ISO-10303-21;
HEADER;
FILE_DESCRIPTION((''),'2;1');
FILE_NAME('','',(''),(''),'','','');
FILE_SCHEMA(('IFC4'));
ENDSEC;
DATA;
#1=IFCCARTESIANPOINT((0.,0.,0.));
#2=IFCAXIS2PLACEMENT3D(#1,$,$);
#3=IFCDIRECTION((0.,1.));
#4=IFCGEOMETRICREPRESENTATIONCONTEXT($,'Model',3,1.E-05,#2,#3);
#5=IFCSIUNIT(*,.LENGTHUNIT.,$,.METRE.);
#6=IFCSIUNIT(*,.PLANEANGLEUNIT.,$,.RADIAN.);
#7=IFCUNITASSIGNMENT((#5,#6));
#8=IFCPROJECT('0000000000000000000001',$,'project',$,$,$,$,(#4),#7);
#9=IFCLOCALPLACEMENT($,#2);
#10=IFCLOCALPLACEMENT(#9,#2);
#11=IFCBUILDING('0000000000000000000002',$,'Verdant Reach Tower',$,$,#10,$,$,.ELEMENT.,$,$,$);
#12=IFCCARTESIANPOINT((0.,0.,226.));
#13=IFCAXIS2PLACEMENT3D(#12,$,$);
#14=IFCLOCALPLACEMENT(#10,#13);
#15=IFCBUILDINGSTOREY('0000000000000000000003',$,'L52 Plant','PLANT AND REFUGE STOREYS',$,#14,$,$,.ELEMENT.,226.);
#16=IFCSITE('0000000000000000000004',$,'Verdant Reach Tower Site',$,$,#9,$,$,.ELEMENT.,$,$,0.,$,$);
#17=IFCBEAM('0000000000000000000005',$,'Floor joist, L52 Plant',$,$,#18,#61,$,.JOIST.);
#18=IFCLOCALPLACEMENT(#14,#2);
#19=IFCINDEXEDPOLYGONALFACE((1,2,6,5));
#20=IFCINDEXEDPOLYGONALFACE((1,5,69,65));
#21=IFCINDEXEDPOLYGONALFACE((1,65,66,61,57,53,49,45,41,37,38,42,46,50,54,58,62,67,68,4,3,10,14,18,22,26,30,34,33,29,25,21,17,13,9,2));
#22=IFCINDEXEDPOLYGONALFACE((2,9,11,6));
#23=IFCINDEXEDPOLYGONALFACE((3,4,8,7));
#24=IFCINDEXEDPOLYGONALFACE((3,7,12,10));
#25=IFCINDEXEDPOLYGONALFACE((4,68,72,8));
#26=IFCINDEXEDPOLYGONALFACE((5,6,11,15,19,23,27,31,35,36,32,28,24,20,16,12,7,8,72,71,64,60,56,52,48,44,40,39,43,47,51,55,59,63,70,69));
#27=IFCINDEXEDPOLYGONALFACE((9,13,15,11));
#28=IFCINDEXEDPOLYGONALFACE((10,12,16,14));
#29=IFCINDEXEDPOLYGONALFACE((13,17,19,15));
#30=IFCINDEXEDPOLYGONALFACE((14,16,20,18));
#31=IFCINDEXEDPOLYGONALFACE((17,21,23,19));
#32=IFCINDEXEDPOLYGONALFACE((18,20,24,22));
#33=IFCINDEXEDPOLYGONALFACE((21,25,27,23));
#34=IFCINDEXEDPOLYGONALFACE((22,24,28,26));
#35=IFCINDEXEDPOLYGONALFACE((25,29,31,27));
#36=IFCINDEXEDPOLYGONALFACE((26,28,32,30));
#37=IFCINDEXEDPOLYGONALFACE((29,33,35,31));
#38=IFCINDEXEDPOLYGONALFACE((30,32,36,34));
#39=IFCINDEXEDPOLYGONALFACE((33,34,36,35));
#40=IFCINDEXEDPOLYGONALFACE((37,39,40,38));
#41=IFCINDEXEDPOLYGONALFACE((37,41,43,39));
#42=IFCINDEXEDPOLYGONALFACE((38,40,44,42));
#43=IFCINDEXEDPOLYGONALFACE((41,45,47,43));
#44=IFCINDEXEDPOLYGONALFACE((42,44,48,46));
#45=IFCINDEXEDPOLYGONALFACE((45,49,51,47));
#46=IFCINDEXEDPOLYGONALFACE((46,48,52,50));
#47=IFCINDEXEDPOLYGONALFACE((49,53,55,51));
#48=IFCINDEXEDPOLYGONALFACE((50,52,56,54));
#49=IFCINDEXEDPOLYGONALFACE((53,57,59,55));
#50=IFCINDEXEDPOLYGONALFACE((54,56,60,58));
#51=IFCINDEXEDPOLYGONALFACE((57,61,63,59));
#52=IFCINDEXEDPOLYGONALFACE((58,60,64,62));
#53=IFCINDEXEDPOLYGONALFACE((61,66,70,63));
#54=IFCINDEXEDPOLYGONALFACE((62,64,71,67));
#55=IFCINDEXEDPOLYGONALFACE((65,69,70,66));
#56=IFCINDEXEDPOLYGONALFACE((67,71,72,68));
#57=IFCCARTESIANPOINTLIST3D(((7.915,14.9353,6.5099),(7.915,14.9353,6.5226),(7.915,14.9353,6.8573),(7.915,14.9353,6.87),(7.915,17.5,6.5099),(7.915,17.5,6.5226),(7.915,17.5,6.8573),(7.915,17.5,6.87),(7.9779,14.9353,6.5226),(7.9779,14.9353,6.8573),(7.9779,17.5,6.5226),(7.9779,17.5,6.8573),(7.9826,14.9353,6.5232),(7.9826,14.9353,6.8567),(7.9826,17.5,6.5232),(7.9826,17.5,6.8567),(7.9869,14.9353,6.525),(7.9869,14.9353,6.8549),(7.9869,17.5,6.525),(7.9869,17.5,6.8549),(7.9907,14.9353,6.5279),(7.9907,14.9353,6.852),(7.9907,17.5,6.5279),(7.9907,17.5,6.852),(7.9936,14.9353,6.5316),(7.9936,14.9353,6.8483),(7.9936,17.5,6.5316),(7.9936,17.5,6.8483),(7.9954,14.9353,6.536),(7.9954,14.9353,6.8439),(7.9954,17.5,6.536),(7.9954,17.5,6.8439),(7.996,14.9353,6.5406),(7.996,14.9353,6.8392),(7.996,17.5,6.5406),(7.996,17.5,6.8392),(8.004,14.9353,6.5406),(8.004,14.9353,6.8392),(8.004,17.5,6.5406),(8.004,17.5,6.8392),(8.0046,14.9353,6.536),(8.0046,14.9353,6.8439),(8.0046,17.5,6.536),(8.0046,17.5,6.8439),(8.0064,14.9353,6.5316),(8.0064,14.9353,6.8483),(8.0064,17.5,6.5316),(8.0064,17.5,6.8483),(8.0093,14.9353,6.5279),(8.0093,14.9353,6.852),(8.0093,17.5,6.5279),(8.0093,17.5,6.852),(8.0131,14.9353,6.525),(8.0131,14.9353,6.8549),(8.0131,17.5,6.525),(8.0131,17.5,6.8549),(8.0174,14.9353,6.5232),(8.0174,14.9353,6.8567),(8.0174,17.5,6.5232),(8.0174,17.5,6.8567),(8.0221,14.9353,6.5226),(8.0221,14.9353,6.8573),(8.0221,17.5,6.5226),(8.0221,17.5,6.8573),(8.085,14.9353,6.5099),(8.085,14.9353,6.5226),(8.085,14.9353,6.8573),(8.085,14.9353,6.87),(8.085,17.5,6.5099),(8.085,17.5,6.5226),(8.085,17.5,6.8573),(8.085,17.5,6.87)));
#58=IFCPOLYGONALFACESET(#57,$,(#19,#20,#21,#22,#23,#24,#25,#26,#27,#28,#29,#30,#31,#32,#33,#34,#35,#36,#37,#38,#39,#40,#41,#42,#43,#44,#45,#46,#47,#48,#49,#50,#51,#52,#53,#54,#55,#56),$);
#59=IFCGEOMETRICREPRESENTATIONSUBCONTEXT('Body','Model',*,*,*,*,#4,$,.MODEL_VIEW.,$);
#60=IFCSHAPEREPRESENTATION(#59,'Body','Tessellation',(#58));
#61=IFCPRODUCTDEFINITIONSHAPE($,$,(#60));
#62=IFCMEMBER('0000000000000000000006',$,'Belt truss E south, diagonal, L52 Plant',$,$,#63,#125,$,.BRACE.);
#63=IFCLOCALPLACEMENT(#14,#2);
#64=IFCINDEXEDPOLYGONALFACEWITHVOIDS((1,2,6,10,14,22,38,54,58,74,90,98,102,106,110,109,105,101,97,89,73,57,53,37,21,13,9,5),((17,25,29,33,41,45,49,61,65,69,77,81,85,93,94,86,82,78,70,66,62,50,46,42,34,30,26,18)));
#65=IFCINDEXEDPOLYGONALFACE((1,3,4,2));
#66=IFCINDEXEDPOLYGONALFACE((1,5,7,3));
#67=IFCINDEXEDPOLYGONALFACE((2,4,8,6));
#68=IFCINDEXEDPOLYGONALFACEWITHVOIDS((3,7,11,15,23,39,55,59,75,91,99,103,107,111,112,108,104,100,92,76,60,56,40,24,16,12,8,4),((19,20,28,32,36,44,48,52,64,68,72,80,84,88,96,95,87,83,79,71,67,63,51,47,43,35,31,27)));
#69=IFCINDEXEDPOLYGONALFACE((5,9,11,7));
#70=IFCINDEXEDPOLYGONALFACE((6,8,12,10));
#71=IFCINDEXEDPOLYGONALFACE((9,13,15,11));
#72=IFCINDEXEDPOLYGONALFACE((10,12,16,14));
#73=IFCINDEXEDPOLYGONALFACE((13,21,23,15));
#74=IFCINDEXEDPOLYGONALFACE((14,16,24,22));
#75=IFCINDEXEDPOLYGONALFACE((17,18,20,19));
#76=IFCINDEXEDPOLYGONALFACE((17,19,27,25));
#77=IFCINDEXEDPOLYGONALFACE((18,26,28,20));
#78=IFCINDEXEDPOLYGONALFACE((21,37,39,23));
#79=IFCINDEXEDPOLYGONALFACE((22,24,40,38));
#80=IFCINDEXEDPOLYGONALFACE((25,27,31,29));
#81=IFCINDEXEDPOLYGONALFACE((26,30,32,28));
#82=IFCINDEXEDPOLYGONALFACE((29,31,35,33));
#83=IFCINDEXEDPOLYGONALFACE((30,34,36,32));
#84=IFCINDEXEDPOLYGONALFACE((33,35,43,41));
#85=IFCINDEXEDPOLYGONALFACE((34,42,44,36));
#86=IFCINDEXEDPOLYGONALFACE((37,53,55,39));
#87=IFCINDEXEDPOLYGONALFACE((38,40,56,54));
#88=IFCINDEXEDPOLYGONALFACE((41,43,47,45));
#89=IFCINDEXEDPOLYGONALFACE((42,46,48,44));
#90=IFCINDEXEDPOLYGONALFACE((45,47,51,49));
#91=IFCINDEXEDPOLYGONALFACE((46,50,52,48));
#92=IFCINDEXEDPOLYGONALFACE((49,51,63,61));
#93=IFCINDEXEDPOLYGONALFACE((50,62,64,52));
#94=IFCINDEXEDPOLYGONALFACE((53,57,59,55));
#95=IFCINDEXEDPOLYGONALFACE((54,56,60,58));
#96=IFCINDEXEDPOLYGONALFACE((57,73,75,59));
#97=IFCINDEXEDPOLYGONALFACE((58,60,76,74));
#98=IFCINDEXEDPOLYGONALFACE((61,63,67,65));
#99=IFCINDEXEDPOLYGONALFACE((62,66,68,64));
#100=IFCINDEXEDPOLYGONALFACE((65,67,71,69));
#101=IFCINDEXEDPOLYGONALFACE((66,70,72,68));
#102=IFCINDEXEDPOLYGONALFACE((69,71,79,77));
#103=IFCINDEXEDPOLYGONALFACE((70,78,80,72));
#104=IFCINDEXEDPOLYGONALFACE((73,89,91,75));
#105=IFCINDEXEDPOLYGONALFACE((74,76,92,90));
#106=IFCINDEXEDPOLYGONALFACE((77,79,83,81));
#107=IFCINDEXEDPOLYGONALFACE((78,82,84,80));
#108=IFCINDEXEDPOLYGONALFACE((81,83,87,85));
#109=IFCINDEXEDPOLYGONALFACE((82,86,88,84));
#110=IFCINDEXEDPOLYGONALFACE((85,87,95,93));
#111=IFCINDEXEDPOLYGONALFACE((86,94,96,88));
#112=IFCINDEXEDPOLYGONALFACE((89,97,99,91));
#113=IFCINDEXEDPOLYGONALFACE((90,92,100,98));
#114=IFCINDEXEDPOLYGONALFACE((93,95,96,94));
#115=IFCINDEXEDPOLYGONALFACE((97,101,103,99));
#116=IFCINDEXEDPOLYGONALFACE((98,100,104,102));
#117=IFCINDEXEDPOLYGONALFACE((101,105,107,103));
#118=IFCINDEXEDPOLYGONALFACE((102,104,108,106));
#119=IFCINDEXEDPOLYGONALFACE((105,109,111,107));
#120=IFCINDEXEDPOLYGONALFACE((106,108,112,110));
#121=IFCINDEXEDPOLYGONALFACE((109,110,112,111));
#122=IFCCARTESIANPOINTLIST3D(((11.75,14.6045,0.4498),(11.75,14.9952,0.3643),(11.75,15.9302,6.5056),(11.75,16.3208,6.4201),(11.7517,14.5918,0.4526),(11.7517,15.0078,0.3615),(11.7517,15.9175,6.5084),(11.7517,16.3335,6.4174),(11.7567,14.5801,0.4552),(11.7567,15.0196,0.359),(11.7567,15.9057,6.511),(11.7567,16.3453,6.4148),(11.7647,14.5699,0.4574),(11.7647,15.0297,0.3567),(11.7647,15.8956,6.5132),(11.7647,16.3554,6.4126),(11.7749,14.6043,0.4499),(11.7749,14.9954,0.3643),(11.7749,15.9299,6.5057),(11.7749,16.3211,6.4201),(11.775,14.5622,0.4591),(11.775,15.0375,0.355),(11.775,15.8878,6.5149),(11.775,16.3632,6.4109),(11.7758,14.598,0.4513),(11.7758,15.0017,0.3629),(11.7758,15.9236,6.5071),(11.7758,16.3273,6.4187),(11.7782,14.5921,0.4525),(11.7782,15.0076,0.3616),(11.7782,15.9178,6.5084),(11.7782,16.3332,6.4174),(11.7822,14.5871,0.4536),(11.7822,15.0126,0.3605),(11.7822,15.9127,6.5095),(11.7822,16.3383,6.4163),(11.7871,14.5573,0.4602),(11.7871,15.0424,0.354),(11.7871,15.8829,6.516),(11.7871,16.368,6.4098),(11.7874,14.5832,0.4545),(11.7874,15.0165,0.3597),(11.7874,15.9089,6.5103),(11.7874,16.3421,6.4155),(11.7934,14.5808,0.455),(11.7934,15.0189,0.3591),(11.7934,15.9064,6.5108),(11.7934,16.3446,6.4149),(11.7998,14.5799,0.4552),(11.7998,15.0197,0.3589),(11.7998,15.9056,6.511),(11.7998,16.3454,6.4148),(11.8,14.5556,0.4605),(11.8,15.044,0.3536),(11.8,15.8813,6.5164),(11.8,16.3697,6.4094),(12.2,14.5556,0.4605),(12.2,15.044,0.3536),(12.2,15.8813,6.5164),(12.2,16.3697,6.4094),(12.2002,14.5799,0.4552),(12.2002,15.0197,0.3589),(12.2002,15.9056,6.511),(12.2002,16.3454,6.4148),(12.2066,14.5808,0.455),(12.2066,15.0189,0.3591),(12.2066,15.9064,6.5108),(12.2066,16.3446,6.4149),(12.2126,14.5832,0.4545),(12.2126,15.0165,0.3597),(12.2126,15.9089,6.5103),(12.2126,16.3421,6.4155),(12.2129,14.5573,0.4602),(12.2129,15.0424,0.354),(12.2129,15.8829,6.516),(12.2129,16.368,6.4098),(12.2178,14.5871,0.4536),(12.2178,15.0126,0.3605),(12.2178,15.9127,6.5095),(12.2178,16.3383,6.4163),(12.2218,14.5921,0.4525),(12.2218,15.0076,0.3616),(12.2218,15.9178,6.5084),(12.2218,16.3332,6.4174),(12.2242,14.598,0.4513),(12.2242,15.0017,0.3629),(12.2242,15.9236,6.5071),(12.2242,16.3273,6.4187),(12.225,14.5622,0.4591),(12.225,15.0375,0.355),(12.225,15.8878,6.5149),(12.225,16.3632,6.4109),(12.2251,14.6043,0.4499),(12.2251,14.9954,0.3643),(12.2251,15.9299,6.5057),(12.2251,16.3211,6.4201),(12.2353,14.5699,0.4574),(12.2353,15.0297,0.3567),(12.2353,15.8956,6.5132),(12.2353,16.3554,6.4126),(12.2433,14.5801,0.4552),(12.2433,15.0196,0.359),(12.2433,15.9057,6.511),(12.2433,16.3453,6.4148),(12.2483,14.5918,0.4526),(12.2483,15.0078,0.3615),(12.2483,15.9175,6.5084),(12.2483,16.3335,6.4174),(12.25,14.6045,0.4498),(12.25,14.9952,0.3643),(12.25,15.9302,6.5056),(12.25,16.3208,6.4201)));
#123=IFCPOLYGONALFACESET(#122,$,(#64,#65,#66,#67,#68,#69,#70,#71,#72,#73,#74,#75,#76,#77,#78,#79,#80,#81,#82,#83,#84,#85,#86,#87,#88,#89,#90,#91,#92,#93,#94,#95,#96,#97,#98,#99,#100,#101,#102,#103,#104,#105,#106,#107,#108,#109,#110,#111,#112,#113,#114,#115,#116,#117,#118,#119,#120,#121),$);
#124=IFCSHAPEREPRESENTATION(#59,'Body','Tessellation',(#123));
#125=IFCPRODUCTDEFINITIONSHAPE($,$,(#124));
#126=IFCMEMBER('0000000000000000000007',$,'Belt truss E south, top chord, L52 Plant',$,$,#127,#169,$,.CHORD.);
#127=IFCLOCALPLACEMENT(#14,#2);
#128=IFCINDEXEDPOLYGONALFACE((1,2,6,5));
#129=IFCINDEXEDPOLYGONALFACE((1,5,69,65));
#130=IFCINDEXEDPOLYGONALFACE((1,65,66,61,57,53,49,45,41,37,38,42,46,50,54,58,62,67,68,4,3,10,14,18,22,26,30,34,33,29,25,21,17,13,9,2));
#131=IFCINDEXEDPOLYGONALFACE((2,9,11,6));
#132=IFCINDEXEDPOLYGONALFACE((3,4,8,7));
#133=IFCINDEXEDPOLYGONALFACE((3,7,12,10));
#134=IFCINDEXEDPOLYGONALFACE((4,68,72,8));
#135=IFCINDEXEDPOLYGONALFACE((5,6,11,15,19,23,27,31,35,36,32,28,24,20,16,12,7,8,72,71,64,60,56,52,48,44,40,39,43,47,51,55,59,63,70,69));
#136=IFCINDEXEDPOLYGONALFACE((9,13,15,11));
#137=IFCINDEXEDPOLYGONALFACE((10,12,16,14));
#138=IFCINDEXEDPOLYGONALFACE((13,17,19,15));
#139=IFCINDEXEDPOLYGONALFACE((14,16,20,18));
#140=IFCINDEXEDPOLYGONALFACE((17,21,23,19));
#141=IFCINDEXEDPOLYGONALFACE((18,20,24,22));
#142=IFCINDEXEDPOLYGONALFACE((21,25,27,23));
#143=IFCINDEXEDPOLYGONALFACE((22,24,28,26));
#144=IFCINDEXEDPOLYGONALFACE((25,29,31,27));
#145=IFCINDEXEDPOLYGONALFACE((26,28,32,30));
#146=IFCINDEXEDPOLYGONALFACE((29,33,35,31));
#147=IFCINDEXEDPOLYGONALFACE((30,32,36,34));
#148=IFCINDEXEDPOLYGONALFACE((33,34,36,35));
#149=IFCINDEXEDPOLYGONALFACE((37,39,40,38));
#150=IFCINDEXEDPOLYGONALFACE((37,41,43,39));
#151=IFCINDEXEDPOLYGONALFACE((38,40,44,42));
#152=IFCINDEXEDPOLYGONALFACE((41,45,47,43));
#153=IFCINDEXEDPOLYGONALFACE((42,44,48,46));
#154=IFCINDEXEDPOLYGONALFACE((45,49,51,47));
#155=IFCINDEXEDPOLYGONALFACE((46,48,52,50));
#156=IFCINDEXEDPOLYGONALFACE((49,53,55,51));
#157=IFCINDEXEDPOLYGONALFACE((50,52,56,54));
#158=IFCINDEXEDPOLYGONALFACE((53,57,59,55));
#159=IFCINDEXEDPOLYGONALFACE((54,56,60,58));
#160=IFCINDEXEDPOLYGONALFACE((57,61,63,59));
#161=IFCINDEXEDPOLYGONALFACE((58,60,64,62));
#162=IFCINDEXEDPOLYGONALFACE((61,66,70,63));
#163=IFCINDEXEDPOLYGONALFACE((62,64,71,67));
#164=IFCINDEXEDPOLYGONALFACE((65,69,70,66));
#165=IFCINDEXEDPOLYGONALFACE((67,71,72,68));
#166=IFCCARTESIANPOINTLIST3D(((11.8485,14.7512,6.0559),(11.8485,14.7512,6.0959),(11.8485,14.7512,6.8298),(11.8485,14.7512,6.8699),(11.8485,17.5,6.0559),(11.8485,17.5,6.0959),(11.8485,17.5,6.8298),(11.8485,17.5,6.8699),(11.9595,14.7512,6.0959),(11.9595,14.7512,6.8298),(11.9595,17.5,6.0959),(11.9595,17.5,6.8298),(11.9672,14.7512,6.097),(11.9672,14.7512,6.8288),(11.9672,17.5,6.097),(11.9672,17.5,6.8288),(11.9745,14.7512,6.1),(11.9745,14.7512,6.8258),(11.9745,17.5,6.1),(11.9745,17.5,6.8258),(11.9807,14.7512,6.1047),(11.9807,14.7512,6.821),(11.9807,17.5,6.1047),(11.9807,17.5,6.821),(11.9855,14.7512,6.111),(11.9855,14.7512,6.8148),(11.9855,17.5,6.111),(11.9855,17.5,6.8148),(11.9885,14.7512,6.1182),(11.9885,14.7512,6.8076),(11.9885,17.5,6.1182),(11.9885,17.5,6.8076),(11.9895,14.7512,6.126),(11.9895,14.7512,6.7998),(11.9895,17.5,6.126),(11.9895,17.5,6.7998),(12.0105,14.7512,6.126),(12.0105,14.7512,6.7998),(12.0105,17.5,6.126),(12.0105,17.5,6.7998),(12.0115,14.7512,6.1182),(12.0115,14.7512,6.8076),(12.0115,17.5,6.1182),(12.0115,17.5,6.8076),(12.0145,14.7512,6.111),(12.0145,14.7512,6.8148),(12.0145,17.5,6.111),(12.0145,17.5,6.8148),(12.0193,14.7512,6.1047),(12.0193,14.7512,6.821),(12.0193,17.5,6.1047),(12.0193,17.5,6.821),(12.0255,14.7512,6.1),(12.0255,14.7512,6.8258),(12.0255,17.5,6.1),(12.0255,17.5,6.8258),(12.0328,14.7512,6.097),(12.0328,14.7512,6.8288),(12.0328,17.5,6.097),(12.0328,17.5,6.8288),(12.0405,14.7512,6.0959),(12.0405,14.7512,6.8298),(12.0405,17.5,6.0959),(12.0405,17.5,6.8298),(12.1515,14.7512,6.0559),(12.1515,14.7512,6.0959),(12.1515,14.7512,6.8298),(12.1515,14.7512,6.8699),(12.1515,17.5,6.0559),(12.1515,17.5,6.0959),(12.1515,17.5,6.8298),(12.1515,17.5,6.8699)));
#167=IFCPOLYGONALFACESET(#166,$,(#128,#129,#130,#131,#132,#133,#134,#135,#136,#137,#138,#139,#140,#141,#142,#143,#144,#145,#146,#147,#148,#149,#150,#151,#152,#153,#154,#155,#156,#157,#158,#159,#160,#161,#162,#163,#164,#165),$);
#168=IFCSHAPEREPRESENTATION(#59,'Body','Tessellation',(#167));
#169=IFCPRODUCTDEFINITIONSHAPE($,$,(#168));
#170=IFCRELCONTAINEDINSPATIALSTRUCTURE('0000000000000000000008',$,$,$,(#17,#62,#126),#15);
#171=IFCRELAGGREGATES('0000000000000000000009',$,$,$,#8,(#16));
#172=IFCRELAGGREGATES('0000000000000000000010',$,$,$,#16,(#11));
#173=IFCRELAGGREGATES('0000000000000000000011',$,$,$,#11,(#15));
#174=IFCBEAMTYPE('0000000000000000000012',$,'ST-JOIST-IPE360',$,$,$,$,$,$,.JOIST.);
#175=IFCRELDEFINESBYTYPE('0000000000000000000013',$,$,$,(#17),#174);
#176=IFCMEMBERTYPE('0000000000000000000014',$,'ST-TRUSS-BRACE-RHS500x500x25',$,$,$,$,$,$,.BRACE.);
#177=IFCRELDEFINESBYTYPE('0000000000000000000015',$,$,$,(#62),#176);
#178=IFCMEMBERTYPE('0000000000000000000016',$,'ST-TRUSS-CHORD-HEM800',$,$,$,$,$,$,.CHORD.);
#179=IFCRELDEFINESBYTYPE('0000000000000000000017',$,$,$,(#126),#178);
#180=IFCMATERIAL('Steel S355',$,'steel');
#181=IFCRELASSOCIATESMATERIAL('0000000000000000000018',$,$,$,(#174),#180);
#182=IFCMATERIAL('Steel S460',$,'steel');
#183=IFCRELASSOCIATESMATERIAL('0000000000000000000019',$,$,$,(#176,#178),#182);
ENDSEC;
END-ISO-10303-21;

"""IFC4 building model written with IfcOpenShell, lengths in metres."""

from ifc_helpers import new_model, si_unit, direction, frame, origin, origin_2d, place, context, subcontext, project, spatial, hollow_rectangle, i_section, extrude, material, material_profile, profile_set, type_object, element, save


model = new_model("IFC4")

# Units and contexts
model_context = context("Model", 3, precision=1e-05, world=origin(), true_north=direction((0.0, 1.0)))
body_context = subcontext(model_context, "Body", "Model", "MODEL_VIEW")
ifc_project = project(units=[si_unit("LENGTHUNIT", "METRE"), si_unit("PLANEANGLEUNIT", "RADIAN")], contexts=[model_context])

# Site, building, storey
site_placement = place(None, origin())
site = spatial("IfcSite", under=ifc_project, at=site_placement, Name="Verdant Reach Tower Site", CompositionType="ELEMENT", RefElevation=0.0)
building_placement = place(site_placement, origin())
building = spatial("IfcBuilding", under=site, at=building_placement, Name="Verdant Reach Tower", CompositionType="ELEMENT")
storey_placement = place(building_placement, frame((0.0, 0.0, 226.0)))
storey = spatial("IfcBuildingStorey", under=building, at=storey_placement, Name="L52 Plant", Description="PLANT AND REFUGE STOREYS", CompositionType="ELEMENT", Elevation=226.0)

# Shared definitions
ifc_material_1 = material(Name="Steel S460", Category="steel")

# Beam
ifc_material_2 = material(Name="Steel S355", Category="steel")
ifc_material_profile_1 = material_profile(ifc_material_2, i_section(OverallWidth=0.1699, OverallDepth=0.3601, WebThickness=0.0081, FlangeThickness=0.0127, FilletRadius=0.0181, at=origin_2d()), Name="IPE 360")
ifc_profile_set_1 = profile_set([ifc_material_profile_1], Name="Steel S355")
beam_type = type_object("IfcBeamType", Name="ST-JOIST-IPE360", PredefinedType="JOIST", material=ifc_profile_set_1)
beam_1_placement = place(storey_placement, frame((8.0, 17.5, 6.6899), z_axis=(0.0, -1.0, 0.0), x_axis=(1.0, 0.0, 0.0)))
element("IfcBeam", 1, at=beam_1_placement, inside=storey, type_object=beam_type, Name="Floor joist, L52 Plant", PredefinedType="JOIST", context=body_context, shape_type="SweptSolid", body=[
    extrude(i_section(OverallWidth=0.1699, OverallDepth=0.3601, WebThickness=0.0081, FlangeThickness=0.0127, FilletRadius=0.0181, at=origin_2d()), origin(), (0.0, 0.0, 1.0), 2.5647),
])

# Members
ifc_material_profile_2 = material_profile(ifc_material_1, hollow_rectangle(XDim=0.5, YDim=0.5, WallThickness=0.0249, InnerFilletRadius=0.0249, OuterFilletRadius=0.05, at=origin_2d()), Name="RHS 500x500x25")
ifc_profile_set_2 = profile_set([ifc_material_profile_2], Name="Steel S460")
member_type_1 = type_object("IfcMemberType", Name="ST-TRUSS-BRACE-RHS500x500x25", PredefinedType="BRACE", material=ifc_profile_set_2)
member_1_placement = place(storey_placement, frame((12.0, 16.1255, 6.4629), z_axis=(0.0, -0.213844, -0.976868), x_axis=(1.0, 0.0, 0.0)))
element("IfcMember", 2, at=member_1_placement, inside=storey, type_object=member_type_1, Name="Belt truss E south, diagonal, L52 Plant", PredefinedType="BRACE", context=body_context, shape_type="SweptSolid", body=[
    extrude(hollow_rectangle(XDim=0.5, YDim=0.5, WallThickness=0.0249, InnerFilletRadius=0.0249, OuterFilletRadius=0.05, at=origin_2d()), origin(), (0.0, 0.0, 1.0), 6.1992),
])
ifc_material_profile_3 = material_profile(ifc_material_1, i_section(OverallWidth=0.303, OverallDepth=0.814, WebThickness=0.021, FlangeThickness=0.04, FilletRadius=0.03, at=origin_2d()), Name="HEM 800")
ifc_profile_set_3 = profile_set([ifc_material_profile_3], Name="Steel S460")
member_type_2 = type_object("IfcMemberType", Name="ST-TRUSS-CHORD-HEM800", PredefinedType="CHORD", material=ifc_profile_set_3)
member_2_placement = place(storey_placement, frame((12.0, 17.5, 6.4629), z_axis=(0.0, -1.0, 0.0), x_axis=(1.0, 0.0, 0.0)))
element("IfcMember", 3, at=member_2_placement, inside=storey, type_object=member_type_2, Name="Belt truss E south, top chord, L52 Plant", PredefinedType="CHORD", context=body_context, shape_type="SweptSolid", body=[
    extrude(i_section(OverallWidth=0.303, OverallDepth=0.814, WebThickness=0.021, FlangeThickness=0.04, FilletRadius=0.03, at=origin_2d()), origin(), (0.0, 0.0, 1.0), 2.7488),
])

save(model, "model.ifc")
